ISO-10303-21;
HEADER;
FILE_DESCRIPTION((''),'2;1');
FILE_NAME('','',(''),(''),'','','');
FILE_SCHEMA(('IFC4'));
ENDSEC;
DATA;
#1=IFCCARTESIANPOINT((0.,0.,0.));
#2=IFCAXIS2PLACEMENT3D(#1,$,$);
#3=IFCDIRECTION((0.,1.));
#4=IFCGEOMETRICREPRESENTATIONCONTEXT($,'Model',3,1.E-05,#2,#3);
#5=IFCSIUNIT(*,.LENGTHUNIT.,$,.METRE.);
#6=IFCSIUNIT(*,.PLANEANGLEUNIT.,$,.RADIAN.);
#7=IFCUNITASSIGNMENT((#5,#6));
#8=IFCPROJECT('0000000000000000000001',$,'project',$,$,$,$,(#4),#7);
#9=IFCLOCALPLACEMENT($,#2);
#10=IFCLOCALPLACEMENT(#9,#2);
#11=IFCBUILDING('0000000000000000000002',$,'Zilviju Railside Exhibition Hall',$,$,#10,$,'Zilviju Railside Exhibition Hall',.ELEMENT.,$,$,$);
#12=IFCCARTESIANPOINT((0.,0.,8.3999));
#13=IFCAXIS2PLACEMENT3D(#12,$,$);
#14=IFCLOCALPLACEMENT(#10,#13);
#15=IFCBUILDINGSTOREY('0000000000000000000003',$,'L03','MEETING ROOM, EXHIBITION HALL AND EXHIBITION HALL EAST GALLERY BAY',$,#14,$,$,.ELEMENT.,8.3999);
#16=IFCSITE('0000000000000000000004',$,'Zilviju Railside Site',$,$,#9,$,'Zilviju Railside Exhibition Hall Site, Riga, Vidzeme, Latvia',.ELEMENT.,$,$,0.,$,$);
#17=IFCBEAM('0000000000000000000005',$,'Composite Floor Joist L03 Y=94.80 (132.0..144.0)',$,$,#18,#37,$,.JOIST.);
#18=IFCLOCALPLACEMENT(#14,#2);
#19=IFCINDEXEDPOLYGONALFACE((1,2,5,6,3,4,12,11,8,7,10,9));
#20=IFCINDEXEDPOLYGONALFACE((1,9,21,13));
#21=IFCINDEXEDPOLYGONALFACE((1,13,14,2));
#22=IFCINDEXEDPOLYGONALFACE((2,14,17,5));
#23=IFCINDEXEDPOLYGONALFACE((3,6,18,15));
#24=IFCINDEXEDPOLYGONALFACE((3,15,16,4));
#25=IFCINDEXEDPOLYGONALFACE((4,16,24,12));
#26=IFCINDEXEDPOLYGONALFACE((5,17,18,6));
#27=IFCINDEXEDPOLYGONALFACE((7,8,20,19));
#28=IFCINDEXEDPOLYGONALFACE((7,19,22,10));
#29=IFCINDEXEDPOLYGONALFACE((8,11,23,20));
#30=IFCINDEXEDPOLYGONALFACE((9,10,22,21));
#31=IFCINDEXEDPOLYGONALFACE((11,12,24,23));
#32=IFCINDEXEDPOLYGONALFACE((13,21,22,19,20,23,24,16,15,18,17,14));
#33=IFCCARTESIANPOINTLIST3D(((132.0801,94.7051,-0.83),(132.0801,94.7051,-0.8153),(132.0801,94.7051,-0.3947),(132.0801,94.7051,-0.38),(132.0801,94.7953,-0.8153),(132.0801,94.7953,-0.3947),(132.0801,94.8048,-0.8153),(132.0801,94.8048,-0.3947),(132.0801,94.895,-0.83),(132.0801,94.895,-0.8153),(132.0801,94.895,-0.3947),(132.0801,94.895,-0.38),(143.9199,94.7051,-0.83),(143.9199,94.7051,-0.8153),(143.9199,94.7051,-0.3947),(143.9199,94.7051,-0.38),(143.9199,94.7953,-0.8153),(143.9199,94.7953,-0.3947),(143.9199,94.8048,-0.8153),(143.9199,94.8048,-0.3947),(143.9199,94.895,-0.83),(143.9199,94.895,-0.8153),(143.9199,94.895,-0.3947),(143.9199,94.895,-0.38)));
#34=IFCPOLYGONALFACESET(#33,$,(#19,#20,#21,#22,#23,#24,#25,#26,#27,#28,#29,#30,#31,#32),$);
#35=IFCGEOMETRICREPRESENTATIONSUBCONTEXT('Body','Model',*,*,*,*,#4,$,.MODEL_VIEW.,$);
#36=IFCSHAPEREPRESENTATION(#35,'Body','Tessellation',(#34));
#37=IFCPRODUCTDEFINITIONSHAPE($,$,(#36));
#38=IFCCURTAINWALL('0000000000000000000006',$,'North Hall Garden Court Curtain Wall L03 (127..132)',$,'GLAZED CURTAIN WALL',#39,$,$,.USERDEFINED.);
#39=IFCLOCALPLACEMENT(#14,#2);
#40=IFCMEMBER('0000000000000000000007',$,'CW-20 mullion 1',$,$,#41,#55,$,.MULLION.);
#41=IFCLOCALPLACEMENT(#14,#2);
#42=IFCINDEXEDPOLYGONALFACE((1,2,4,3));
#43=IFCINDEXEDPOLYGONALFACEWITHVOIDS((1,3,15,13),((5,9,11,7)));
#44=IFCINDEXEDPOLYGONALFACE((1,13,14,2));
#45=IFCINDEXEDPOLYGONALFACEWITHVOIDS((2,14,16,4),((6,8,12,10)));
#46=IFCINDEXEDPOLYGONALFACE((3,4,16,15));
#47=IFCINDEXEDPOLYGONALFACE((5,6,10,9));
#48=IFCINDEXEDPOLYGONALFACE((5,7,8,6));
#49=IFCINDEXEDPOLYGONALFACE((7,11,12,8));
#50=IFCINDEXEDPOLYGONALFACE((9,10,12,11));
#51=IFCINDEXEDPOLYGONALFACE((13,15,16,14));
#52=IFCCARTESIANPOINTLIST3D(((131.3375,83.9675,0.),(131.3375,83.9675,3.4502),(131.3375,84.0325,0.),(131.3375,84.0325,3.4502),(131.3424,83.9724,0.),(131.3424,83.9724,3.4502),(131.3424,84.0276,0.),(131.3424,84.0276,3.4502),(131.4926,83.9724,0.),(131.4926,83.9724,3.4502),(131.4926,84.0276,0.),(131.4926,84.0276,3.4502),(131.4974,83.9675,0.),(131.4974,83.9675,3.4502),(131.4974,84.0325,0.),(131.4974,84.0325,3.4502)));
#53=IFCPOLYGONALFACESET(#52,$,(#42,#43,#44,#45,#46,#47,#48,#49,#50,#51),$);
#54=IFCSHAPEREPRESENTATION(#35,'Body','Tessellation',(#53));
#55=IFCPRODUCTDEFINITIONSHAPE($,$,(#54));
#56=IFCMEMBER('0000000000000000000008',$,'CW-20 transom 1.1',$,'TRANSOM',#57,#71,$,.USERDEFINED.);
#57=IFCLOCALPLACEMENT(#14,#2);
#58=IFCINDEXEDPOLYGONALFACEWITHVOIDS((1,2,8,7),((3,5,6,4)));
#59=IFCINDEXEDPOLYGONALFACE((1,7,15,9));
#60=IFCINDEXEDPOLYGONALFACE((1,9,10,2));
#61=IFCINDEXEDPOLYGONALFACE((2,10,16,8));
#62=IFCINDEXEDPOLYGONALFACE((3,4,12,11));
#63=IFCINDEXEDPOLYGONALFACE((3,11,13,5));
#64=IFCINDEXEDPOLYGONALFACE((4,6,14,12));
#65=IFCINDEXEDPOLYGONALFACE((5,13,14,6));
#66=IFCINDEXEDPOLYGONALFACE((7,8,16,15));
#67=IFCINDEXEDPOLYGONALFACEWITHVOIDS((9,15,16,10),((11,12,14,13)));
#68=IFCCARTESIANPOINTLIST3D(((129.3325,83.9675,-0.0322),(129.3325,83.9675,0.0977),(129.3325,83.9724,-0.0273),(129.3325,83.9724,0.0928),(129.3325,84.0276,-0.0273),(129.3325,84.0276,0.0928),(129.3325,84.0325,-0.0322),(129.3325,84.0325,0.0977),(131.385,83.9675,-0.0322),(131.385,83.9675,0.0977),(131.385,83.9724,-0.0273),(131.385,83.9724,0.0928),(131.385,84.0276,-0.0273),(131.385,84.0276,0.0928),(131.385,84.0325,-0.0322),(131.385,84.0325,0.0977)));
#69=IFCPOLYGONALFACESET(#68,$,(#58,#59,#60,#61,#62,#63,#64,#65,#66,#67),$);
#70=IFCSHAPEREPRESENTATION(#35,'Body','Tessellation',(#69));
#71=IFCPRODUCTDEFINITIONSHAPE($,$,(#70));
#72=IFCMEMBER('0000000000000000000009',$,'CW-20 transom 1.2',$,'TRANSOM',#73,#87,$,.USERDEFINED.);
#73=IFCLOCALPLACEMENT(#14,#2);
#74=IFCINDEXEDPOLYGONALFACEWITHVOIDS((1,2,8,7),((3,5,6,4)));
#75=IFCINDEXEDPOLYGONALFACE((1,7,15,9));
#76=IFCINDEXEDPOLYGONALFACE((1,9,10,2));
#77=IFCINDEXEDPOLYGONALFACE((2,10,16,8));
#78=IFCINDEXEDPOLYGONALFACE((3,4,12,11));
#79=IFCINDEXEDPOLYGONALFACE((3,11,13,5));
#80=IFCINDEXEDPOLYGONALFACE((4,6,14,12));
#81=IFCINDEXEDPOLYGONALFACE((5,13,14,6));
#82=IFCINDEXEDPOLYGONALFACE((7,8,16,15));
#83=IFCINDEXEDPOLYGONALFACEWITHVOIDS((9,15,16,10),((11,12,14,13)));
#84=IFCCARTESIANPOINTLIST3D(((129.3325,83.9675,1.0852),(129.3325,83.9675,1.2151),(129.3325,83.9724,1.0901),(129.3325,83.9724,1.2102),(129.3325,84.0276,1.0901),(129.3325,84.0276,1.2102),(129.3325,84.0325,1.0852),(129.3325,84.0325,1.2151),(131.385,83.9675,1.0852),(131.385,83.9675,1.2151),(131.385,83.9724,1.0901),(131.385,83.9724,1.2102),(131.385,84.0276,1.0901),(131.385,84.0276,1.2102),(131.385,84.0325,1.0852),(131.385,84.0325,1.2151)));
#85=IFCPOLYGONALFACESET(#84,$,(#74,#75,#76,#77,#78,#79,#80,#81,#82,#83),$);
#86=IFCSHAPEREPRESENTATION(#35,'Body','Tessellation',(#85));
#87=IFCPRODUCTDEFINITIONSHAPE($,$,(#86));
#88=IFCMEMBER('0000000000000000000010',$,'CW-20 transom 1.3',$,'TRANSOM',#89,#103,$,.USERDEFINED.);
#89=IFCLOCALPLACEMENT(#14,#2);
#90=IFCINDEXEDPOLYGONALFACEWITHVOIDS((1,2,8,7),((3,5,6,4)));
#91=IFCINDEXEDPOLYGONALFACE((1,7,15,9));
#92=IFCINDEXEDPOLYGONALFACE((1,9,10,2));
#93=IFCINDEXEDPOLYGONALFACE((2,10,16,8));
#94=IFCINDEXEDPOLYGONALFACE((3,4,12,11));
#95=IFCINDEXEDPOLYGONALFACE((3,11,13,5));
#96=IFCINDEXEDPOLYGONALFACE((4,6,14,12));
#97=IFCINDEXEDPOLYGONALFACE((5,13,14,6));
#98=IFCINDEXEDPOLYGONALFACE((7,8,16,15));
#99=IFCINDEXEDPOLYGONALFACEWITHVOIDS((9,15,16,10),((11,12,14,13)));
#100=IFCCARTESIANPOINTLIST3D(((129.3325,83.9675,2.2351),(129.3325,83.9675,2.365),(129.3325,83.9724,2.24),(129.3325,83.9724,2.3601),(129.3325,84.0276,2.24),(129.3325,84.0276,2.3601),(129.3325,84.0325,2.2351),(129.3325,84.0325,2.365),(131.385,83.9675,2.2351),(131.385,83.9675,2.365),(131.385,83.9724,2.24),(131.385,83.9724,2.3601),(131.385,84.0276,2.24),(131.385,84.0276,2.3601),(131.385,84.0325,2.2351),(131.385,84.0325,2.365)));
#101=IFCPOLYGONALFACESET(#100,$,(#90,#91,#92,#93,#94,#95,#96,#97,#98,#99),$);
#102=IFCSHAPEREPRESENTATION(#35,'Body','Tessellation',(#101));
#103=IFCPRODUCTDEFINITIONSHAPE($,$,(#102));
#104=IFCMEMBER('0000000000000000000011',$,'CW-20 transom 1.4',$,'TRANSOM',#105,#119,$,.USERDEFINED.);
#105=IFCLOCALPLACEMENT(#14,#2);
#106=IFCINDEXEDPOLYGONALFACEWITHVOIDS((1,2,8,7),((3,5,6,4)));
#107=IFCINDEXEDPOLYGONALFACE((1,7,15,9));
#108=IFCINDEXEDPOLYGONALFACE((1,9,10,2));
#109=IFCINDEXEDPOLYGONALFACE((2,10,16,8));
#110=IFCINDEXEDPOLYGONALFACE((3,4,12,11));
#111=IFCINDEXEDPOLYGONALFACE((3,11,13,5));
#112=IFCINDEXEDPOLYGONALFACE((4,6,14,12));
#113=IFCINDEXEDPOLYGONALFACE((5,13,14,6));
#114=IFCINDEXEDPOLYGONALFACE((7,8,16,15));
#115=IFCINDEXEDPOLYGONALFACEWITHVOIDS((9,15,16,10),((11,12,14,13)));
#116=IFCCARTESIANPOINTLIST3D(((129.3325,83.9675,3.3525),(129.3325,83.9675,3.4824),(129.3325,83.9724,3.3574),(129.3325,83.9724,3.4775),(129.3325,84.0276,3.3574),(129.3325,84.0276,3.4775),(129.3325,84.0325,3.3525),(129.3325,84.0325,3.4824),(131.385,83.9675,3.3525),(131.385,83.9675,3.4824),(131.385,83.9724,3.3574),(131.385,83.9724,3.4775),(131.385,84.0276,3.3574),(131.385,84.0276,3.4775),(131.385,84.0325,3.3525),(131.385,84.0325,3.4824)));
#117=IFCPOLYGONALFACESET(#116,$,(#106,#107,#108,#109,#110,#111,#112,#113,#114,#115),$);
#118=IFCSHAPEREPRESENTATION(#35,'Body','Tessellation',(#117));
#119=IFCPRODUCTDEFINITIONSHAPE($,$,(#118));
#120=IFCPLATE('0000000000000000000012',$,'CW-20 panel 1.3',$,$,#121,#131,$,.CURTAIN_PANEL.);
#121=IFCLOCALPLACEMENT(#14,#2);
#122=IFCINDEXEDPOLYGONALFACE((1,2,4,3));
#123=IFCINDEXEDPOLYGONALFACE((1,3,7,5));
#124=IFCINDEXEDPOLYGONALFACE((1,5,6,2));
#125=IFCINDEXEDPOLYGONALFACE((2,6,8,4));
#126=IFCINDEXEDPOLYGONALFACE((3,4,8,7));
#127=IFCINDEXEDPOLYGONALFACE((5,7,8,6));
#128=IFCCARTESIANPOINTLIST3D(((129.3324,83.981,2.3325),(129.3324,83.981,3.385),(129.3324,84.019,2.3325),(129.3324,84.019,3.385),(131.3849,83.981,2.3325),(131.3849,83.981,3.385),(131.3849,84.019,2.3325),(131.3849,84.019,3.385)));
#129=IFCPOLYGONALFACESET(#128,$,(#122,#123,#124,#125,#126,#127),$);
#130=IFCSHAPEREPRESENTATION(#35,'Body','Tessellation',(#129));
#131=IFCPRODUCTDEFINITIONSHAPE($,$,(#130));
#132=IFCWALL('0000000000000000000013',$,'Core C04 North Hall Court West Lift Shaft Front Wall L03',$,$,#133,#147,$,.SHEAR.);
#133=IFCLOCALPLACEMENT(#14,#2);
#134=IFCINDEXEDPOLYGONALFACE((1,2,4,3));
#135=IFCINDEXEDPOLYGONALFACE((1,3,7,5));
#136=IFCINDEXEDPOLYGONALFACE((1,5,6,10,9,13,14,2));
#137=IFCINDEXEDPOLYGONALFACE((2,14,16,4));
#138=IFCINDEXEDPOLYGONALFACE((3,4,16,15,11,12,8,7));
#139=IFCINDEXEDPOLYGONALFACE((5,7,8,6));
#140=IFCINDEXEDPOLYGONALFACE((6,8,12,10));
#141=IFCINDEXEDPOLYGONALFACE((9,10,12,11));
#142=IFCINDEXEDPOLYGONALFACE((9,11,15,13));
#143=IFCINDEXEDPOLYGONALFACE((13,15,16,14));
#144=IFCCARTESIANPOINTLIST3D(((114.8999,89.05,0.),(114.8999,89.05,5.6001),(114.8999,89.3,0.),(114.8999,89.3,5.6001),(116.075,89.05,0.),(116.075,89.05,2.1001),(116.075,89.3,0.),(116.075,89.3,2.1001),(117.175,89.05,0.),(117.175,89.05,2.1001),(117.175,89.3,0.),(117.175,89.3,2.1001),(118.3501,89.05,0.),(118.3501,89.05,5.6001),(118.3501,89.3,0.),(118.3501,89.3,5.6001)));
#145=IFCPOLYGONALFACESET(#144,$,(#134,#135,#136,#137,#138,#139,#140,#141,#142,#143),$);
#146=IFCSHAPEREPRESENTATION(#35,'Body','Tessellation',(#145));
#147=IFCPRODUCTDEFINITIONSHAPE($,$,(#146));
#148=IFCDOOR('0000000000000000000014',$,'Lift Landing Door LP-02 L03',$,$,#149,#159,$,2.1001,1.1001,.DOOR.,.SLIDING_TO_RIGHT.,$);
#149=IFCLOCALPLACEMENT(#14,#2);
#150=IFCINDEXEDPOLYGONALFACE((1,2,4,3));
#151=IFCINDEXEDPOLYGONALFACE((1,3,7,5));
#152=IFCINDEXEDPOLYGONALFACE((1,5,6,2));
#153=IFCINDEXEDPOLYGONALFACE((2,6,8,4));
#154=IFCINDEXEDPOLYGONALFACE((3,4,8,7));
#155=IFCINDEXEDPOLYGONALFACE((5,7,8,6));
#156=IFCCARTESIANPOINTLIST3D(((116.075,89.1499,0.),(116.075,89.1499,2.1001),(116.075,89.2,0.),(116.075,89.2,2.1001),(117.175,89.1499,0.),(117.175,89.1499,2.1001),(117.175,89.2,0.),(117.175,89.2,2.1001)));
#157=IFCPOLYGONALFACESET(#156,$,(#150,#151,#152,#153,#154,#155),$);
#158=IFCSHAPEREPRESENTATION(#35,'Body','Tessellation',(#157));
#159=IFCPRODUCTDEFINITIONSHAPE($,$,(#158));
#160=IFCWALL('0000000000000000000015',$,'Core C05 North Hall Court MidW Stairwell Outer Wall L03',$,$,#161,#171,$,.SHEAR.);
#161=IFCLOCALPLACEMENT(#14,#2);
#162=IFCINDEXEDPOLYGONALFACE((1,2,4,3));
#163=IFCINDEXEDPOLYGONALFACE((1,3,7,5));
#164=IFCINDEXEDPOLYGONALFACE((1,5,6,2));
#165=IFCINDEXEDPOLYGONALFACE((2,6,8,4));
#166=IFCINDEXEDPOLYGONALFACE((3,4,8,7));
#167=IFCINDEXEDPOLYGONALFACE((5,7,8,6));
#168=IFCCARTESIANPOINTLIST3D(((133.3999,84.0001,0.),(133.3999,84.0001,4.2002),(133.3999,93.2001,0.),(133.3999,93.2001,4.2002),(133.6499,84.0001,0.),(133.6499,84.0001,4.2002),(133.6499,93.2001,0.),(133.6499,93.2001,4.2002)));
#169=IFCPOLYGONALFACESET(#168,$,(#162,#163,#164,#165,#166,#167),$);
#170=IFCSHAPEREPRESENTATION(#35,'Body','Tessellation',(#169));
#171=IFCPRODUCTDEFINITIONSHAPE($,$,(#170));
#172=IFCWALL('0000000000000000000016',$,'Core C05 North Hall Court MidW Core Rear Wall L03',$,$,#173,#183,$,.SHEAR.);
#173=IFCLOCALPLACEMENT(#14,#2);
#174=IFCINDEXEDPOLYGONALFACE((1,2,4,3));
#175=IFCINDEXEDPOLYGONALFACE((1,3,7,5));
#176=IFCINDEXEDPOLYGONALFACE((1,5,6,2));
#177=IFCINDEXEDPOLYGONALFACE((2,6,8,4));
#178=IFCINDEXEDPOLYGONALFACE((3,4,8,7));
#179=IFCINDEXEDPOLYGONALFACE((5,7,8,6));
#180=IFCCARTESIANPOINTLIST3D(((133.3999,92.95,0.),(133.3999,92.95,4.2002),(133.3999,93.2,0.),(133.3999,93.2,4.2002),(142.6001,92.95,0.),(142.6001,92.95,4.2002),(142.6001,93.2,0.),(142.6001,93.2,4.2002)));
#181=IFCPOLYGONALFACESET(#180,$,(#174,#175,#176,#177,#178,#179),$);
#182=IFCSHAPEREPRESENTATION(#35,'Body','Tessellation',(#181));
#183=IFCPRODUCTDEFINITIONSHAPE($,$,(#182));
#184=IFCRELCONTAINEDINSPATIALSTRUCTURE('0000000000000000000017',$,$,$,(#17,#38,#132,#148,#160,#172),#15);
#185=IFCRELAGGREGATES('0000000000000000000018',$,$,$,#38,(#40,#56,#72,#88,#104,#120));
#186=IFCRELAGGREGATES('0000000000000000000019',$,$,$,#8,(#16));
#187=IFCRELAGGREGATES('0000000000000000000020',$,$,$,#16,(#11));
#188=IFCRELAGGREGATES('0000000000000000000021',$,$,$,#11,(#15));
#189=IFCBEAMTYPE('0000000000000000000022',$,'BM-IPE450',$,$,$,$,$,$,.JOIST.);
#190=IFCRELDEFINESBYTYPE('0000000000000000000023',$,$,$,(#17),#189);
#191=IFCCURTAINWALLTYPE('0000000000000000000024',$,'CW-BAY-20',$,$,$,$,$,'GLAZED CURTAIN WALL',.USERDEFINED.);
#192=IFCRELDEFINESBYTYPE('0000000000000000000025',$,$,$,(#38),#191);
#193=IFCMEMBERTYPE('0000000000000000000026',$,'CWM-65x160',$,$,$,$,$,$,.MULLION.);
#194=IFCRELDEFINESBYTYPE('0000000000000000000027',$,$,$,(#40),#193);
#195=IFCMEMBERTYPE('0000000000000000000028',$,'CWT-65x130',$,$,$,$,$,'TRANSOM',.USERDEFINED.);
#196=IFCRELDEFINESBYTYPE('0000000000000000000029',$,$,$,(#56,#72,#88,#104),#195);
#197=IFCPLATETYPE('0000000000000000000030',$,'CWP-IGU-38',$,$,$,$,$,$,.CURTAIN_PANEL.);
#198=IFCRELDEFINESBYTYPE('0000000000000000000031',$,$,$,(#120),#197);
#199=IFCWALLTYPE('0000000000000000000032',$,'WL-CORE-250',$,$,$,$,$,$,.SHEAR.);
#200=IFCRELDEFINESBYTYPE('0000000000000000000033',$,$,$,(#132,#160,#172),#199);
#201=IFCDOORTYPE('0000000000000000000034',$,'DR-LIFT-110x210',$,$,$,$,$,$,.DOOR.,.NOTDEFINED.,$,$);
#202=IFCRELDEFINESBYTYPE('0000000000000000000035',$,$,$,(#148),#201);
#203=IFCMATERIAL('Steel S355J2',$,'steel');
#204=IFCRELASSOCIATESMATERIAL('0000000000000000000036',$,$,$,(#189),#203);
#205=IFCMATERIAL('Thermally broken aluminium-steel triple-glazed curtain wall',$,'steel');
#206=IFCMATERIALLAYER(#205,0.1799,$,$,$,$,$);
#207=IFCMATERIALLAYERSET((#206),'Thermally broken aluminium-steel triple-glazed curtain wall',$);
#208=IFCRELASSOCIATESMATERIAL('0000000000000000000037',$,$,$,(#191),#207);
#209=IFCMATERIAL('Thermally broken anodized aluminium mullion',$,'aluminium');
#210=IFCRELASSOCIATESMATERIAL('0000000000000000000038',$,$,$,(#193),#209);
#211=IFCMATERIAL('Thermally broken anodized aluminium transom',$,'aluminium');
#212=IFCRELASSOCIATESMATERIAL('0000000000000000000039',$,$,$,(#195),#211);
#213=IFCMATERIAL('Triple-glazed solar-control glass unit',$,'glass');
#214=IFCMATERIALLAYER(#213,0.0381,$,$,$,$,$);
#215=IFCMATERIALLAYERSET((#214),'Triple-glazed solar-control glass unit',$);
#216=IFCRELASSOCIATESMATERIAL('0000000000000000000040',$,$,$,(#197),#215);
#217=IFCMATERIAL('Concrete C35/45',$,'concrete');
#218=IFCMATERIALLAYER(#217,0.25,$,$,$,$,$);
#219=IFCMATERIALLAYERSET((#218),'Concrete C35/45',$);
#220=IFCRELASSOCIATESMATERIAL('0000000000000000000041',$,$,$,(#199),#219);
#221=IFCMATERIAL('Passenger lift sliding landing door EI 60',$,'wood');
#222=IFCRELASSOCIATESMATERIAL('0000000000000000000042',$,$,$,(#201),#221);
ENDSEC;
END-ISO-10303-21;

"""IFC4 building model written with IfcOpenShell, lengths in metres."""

from ifc_helpers import new_model, si_unit, direction, frame, frame_2d, origin, origin_2d, place, context, subcontext, project, spatial, rectangle, hollow_rectangle, i_section, extrude, material, layer, layer_set, material_profile, profile_set, type_object, element, fill, aggregate, save


model = new_model("IFC4")

# Units and contexts
model_context = context("Model", 3, precision=1e-05, world=origin(), true_north=direction((0.0, 1.0)))
body_context = subcontext(model_context, "Body", "Model", "MODEL_VIEW")
ifc_project = project(units=[si_unit("LENGTHUNIT", "METRE"), si_unit("PLANEANGLEUNIT", "RADIAN")], contexts=[model_context])

# Site, building, storey
site_placement = place(None, origin())
site = spatial("IfcSite", under=ifc_project, at=site_placement, Name="Zilviju Railside Site", LongName="Zilviju Railside Exhibition Hall Site, Riga, Vidzeme, Latvia", CompositionType="ELEMENT", RefElevation=0.0)
building_placement = place(site_placement, origin())
building = spatial("IfcBuilding", under=site, at=building_placement, Name="Zilviju Railside Exhibition Hall", LongName="Zilviju Railside Exhibition Hall", CompositionType="ELEMENT")
storey_placement = place(building_placement, frame((0.0, 0.0, 8.3999)))
storey = spatial("IfcBuildingStorey", under=building, at=storey_placement, Name="L03", Description="MEETING ROOM, EXHIBITION HALL AND EXHIBITION HALL EAST GALLERY BAY", CompositionType="ELEMENT", Elevation=8.3999)

# Beam
ifc_material_1 = material(Name="Steel S355J2", Category="steel")
ifc_material_profile_1 = material_profile(ifc_material_1, i_section(OverallWidth=0.1899, OverallDepth=0.45, WebThickness=0.0095, FlangeThickness=0.0146, at=origin_2d()), Name="IPE 450")
ifc_profile_set_1 = profile_set([ifc_material_profile_1], Name="Steel S355J2")
beam_type_1 = type_object("IfcBeamType", Name="BM-IPE450", PredefinedType="JOIST", material=ifc_profile_set_1)
beam_1_placement = place(storey_placement, frame((132.0801, 94.8, -0.605), z_axis=(1.0, 0.0, 0.0), x_axis=(0.0, 1.0, 0.0)))
element("IfcBeam", 1, at=beam_1_placement, inside=storey, type_object=beam_type_1, Name="Composite Floor Joist L03 Y=94.80 (132.0..144.0)", PredefinedType="JOIST", context=body_context, shape_type="SweptSolid", body=[
    extrude(i_section(OverallWidth=0.1899, OverallDepth=0.45, WebThickness=0.0095, FlangeThickness=0.0146, at=origin_2d()), origin(), (0.0, 0.0, 1.0), 11.8398),
])

# Curtain wall, members, plate
ifc_material_2 = material(Name="Thermally broken aluminium-steel triple-glazed curtain wall", Category="steel")
ifc_layer_1 = layer(ifc_material_2, 0.1799)
ifc_layer_set_1 = layer_set([ifc_layer_1], Name="Thermally broken aluminium-steel triple-glazed curtain wall")
curtain_wall_type = type_object("IfcCurtainWallType", Name="CW-BAY-20", ElementType="GLAZED CURTAIN WALL", PredefinedType="USERDEFINED", material=ifc_layer_set_1)
curtain_wall_placement = place(storey_placement, origin())
curtain_wall = element("IfcCurtainWall", 2, at=curtain_wall_placement, inside=storey, type_object=curtain_wall_type, Name="North Hall Garden Court Curtain Wall L03 (127..132)", ObjectType="GLAZED CURTAIN WALL", PredefinedType="USERDEFINED")
ifc_material_3 = material(Name="Thermally broken anodized aluminium mullion", Category="aluminium")
ifc_material_profile_2 = material_profile(ifc_material_3, hollow_rectangle(XDim=0.0649, YDim=0.1599, WallThickness=0.0049, at=origin_2d()), Name="MULLION 160x65x5")
ifc_profile_set_2 = profile_set([ifc_material_profile_2], Name="Thermally broken anodized aluminium mullion")
member_type_1 = type_object("IfcMemberType", Name="CWM-65x160", PredefinedType="MULLION", material=ifc_profile_set_2)
member_1_placement = place(storey_placement, frame((131.4175, 84.0, 0.0), z_axis=(0.0, 0.0, 1.0), x_axis=(0.0, -1.0, 0.0)))
member_1 = element("IfcMember", 3, at=member_1_placement, type_object=member_type_1, Name="CW-20 mullion 1", PredefinedType="MULLION", context=body_context, shape_type="SweptSolid", body=[
    extrude(hollow_rectangle(XDim=0.0649, YDim=0.1599, WallThickness=0.0049, at=origin_2d()), origin(), (0.0, 0.0, 1.0), 3.4502),
])
ifc_material_4 = material(Name="Thermally broken anodized aluminium transom", Category="aluminium")
ifc_material_profile_3 = material_profile(ifc_material_4, hollow_rectangle(XDim=0.0649, YDim=0.1299, WallThickness=0.0049, at=origin_2d()), Name="TRANSOM 130x65x5")
ifc_profile_set_3 = profile_set([ifc_material_profile_3], Name="Thermally broken anodized aluminium transom")
member_type_2 = type_object("IfcMemberType", Name="CWT-65x130", ElementType="TRANSOM", PredefinedType="USERDEFINED", material=ifc_profile_set_3)
member_2_placement = place(storey_placement, frame((131.385, 84.0, 0.0327), z_axis=(-1.0, 0.0, 0.0), x_axis=(0.0, -1.0, 0.0)))
member_2 = element("IfcMember", 4, at=member_2_placement, type_object=member_type_2, Name="CW-20 transom 1.1", ObjectType="TRANSOM", PredefinedType="USERDEFINED", context=body_context, shape_type="SweptSolid", body=[
    extrude(hollow_rectangle(XDim=0.0649, YDim=0.1299, WallThickness=0.0049, at=origin_2d()), origin(), (0.0, 0.0, 1.0), 2.0525),
])
member_3_placement = place(storey_placement, frame((131.385, 84.0, 1.1501), z_axis=(-1.0, 0.0, 0.0), x_axis=(0.0, -1.0, 0.0)))
member_3 = element("IfcMember", 5, at=member_3_placement, type_object=member_type_2, Name="CW-20 transom 1.2", ObjectType="TRANSOM", PredefinedType="USERDEFINED", context=body_context, shape_type="SweptSolid", body=[
    extrude(hollow_rectangle(XDim=0.0649, YDim=0.1299, WallThickness=0.0049, at=origin_2d()), origin(), (0.0, 0.0, 1.0), 2.0525),
])
member_4_placement = place(storey_placement, frame((131.385, 84.0, 2.3), z_axis=(-1.0, 0.0, 0.0), x_axis=(0.0, -1.0, 0.0)))
member_4 = element("IfcMember", 6, at=member_4_placement, type_object=member_type_2, Name="CW-20 transom 1.3", ObjectType="TRANSOM", PredefinedType="USERDEFINED", context=body_context, shape_type="SweptSolid", body=[
    extrude(hollow_rectangle(XDim=0.0649, YDim=0.1299, WallThickness=0.0049, at=origin_2d()), origin(), (0.0, 0.0, 1.0), 2.0525),
])
member_5_placement = place(storey_placement, frame((131.385, 84.0, 3.4175), z_axis=(-1.0, 0.0, 0.0), x_axis=(0.0, -1.0, 0.0)))
member_5 = element("IfcMember", 7, at=member_5_placement, type_object=member_type_2, Name="CW-20 transom 1.4", ObjectType="TRANSOM", PredefinedType="USERDEFINED", context=body_context, shape_type="SweptSolid", body=[
    extrude(hollow_rectangle(XDim=0.0649, YDim=0.1299, WallThickness=0.0049, at=origin_2d()), origin(), (0.0, 0.0, 1.0), 2.0525),
])
ifc_material_5 = material(Name="Triple-glazed solar-control glass unit", Category="glass")
ifc_layer_2 = layer(ifc_material_5, 0.0381)
ifc_layer_set_2 = layer_set([ifc_layer_2], Name="Triple-glazed solar-control glass unit")
plate_type = type_object("IfcPlateType", Name="CWP-IGU-38", PredefinedType="CURTAIN_PANEL", material=ifc_layer_set_2)
plate_placement = place(storey_placement, frame((130.3586, 84.0, 2.3325), z_axis=(0.0, 0.0, 1.0), x_axis=(-1.0, 0.0, 0.0)))
plate = element("IfcPlate", 8, at=plate_placement, type_object=plate_type, Name="CW-20 panel 1.3", PredefinedType="CURTAIN_PANEL", context=body_context, shape_type="SweptSolid", body=[
    extrude(rectangle(XDim=2.0525, YDim=0.0381, at=origin_2d()), origin(), (0.0, 0.0, 1.0), 1.0525),
])
aggregate(curtain_wall, [member_1, member_2, member_3, member_4, member_5, plate])

# Wall, opening, door
ifc_material_6 = material(Name="Concrete C35/45", Category="concrete")
ifc_layer_3 = layer(ifc_material_6, 0.25)
ifc_layer_set_3 = layer_set([ifc_layer_3], Name="Concrete C35/45")
wall_type_1 = type_object("IfcWallType", Name="WL-CORE-250", PredefinedType="SHEAR", material=ifc_layer_set_3)
wall_1_placement = place(storey_placement, frame((114.8999, 89.175, 0.0), z_axis=(0.0, 0.0, 1.0), x_axis=(1.0, 0.0, 0.0)))
wall_1 = element("IfcWall", 9, at=wall_1_placement, inside=storey, type_object=wall_type_1, Name="Core C04 North Hall Court West Lift Shaft Front Wall L03", PredefinedType="SHEAR", context=body_context, shape_type="SweptSolid", body=[
    extrude(rectangle(XDim=3.4502, YDim=0.25, at=frame_2d((1.7251, 0.0))), origin(), (0.0, 0.0, 1.0), 5.6001),
])
opening_placement = place(wall_1_placement, frame((1.175, 0.0, 0.0)))
opening = element("IfcOpeningElement", 10, at=opening_placement, cuts=wall_1, PredefinedType="OPENING", context=body_context, shape_type="SweptSolid", body=[
    extrude(rectangle(XDim=1.1001, YDim=2.1001, at=frame_2d((0.55, 1.05))), frame((0.0, 0.135, 0.0), z_axis=(0.0, -1.0, 0.0), x_axis=(1.0, 0.0, 0.0)), (0.0, 0.0, 1.0), 0.27),
])
ifc_material_7 = material(Name="Passenger lift sliding landing door EI 60", Category="wood")
door_type = type_object("IfcDoorType", Name="DR-LIFT-110x210", OperationType="NOTDEFINED", PredefinedType="DOOR", material=ifc_material_7)
door_placement = place(opening_placement, origin())
door = element("IfcDoor", 11, at=door_placement, inside=storey, type_object=door_type, Name="Lift Landing Door LP-02 L03", OperationType="SLIDING_TO_RIGHT", OverallHeight=2.1001, OverallWidth=1.1001, PredefinedType="DOOR", context=body_context, shape_type="SweptSolid", body=[
    extrude(rectangle(XDim=1.1001, YDim=2.1001, at=frame_2d((0.55, 1.05))), frame((0.0, 0.0249, 0.0), z_axis=(0.0, -1.0, 0.0), x_axis=(1.0, 0.0, 0.0)), (0.0, 0.0, 1.0), 0.05),
])
fill(opening, door)

# Walls
wall_2_placement = place(storey_placement, frame((133.5249, 84.0, 0.0), z_axis=(0.0, 0.0, 1.0), x_axis=(0.0, 1.0, 0.0)))
element("IfcWall", 12, at=wall_2_placement, inside=storey, type_object=wall_type_1, Name="Core C05 North Hall Court MidW Stairwell Outer Wall L03", PredefinedType="SHEAR", context=body_context, shape_type="SweptSolid", body=[
    extrude(rectangle(XDim=9.2, YDim=0.25, at=frame_2d((4.6001, 0.0))), origin(), (0.0, 0.0, 1.0), 4.2002),
])
wall_3_placement = place(storey_placement, frame((133.3999, 93.075, 0.0), z_axis=(0.0, 0.0, 1.0), x_axis=(1.0, 0.0, 0.0)))
element("IfcWall", 13, at=wall_3_placement, inside=storey, type_object=wall_type_1, Name="Core C05 North Hall Court MidW Core Rear Wall L03", PredefinedType="SHEAR", context=body_context, shape_type="SweptSolid", body=[
    extrude(rectangle(XDim=9.2002, YDim=0.25, at=frame_2d((4.6001, 0.0))), origin(), (0.0, 0.0, 1.0), 4.2002),
])

save(model, "model.ifc")
